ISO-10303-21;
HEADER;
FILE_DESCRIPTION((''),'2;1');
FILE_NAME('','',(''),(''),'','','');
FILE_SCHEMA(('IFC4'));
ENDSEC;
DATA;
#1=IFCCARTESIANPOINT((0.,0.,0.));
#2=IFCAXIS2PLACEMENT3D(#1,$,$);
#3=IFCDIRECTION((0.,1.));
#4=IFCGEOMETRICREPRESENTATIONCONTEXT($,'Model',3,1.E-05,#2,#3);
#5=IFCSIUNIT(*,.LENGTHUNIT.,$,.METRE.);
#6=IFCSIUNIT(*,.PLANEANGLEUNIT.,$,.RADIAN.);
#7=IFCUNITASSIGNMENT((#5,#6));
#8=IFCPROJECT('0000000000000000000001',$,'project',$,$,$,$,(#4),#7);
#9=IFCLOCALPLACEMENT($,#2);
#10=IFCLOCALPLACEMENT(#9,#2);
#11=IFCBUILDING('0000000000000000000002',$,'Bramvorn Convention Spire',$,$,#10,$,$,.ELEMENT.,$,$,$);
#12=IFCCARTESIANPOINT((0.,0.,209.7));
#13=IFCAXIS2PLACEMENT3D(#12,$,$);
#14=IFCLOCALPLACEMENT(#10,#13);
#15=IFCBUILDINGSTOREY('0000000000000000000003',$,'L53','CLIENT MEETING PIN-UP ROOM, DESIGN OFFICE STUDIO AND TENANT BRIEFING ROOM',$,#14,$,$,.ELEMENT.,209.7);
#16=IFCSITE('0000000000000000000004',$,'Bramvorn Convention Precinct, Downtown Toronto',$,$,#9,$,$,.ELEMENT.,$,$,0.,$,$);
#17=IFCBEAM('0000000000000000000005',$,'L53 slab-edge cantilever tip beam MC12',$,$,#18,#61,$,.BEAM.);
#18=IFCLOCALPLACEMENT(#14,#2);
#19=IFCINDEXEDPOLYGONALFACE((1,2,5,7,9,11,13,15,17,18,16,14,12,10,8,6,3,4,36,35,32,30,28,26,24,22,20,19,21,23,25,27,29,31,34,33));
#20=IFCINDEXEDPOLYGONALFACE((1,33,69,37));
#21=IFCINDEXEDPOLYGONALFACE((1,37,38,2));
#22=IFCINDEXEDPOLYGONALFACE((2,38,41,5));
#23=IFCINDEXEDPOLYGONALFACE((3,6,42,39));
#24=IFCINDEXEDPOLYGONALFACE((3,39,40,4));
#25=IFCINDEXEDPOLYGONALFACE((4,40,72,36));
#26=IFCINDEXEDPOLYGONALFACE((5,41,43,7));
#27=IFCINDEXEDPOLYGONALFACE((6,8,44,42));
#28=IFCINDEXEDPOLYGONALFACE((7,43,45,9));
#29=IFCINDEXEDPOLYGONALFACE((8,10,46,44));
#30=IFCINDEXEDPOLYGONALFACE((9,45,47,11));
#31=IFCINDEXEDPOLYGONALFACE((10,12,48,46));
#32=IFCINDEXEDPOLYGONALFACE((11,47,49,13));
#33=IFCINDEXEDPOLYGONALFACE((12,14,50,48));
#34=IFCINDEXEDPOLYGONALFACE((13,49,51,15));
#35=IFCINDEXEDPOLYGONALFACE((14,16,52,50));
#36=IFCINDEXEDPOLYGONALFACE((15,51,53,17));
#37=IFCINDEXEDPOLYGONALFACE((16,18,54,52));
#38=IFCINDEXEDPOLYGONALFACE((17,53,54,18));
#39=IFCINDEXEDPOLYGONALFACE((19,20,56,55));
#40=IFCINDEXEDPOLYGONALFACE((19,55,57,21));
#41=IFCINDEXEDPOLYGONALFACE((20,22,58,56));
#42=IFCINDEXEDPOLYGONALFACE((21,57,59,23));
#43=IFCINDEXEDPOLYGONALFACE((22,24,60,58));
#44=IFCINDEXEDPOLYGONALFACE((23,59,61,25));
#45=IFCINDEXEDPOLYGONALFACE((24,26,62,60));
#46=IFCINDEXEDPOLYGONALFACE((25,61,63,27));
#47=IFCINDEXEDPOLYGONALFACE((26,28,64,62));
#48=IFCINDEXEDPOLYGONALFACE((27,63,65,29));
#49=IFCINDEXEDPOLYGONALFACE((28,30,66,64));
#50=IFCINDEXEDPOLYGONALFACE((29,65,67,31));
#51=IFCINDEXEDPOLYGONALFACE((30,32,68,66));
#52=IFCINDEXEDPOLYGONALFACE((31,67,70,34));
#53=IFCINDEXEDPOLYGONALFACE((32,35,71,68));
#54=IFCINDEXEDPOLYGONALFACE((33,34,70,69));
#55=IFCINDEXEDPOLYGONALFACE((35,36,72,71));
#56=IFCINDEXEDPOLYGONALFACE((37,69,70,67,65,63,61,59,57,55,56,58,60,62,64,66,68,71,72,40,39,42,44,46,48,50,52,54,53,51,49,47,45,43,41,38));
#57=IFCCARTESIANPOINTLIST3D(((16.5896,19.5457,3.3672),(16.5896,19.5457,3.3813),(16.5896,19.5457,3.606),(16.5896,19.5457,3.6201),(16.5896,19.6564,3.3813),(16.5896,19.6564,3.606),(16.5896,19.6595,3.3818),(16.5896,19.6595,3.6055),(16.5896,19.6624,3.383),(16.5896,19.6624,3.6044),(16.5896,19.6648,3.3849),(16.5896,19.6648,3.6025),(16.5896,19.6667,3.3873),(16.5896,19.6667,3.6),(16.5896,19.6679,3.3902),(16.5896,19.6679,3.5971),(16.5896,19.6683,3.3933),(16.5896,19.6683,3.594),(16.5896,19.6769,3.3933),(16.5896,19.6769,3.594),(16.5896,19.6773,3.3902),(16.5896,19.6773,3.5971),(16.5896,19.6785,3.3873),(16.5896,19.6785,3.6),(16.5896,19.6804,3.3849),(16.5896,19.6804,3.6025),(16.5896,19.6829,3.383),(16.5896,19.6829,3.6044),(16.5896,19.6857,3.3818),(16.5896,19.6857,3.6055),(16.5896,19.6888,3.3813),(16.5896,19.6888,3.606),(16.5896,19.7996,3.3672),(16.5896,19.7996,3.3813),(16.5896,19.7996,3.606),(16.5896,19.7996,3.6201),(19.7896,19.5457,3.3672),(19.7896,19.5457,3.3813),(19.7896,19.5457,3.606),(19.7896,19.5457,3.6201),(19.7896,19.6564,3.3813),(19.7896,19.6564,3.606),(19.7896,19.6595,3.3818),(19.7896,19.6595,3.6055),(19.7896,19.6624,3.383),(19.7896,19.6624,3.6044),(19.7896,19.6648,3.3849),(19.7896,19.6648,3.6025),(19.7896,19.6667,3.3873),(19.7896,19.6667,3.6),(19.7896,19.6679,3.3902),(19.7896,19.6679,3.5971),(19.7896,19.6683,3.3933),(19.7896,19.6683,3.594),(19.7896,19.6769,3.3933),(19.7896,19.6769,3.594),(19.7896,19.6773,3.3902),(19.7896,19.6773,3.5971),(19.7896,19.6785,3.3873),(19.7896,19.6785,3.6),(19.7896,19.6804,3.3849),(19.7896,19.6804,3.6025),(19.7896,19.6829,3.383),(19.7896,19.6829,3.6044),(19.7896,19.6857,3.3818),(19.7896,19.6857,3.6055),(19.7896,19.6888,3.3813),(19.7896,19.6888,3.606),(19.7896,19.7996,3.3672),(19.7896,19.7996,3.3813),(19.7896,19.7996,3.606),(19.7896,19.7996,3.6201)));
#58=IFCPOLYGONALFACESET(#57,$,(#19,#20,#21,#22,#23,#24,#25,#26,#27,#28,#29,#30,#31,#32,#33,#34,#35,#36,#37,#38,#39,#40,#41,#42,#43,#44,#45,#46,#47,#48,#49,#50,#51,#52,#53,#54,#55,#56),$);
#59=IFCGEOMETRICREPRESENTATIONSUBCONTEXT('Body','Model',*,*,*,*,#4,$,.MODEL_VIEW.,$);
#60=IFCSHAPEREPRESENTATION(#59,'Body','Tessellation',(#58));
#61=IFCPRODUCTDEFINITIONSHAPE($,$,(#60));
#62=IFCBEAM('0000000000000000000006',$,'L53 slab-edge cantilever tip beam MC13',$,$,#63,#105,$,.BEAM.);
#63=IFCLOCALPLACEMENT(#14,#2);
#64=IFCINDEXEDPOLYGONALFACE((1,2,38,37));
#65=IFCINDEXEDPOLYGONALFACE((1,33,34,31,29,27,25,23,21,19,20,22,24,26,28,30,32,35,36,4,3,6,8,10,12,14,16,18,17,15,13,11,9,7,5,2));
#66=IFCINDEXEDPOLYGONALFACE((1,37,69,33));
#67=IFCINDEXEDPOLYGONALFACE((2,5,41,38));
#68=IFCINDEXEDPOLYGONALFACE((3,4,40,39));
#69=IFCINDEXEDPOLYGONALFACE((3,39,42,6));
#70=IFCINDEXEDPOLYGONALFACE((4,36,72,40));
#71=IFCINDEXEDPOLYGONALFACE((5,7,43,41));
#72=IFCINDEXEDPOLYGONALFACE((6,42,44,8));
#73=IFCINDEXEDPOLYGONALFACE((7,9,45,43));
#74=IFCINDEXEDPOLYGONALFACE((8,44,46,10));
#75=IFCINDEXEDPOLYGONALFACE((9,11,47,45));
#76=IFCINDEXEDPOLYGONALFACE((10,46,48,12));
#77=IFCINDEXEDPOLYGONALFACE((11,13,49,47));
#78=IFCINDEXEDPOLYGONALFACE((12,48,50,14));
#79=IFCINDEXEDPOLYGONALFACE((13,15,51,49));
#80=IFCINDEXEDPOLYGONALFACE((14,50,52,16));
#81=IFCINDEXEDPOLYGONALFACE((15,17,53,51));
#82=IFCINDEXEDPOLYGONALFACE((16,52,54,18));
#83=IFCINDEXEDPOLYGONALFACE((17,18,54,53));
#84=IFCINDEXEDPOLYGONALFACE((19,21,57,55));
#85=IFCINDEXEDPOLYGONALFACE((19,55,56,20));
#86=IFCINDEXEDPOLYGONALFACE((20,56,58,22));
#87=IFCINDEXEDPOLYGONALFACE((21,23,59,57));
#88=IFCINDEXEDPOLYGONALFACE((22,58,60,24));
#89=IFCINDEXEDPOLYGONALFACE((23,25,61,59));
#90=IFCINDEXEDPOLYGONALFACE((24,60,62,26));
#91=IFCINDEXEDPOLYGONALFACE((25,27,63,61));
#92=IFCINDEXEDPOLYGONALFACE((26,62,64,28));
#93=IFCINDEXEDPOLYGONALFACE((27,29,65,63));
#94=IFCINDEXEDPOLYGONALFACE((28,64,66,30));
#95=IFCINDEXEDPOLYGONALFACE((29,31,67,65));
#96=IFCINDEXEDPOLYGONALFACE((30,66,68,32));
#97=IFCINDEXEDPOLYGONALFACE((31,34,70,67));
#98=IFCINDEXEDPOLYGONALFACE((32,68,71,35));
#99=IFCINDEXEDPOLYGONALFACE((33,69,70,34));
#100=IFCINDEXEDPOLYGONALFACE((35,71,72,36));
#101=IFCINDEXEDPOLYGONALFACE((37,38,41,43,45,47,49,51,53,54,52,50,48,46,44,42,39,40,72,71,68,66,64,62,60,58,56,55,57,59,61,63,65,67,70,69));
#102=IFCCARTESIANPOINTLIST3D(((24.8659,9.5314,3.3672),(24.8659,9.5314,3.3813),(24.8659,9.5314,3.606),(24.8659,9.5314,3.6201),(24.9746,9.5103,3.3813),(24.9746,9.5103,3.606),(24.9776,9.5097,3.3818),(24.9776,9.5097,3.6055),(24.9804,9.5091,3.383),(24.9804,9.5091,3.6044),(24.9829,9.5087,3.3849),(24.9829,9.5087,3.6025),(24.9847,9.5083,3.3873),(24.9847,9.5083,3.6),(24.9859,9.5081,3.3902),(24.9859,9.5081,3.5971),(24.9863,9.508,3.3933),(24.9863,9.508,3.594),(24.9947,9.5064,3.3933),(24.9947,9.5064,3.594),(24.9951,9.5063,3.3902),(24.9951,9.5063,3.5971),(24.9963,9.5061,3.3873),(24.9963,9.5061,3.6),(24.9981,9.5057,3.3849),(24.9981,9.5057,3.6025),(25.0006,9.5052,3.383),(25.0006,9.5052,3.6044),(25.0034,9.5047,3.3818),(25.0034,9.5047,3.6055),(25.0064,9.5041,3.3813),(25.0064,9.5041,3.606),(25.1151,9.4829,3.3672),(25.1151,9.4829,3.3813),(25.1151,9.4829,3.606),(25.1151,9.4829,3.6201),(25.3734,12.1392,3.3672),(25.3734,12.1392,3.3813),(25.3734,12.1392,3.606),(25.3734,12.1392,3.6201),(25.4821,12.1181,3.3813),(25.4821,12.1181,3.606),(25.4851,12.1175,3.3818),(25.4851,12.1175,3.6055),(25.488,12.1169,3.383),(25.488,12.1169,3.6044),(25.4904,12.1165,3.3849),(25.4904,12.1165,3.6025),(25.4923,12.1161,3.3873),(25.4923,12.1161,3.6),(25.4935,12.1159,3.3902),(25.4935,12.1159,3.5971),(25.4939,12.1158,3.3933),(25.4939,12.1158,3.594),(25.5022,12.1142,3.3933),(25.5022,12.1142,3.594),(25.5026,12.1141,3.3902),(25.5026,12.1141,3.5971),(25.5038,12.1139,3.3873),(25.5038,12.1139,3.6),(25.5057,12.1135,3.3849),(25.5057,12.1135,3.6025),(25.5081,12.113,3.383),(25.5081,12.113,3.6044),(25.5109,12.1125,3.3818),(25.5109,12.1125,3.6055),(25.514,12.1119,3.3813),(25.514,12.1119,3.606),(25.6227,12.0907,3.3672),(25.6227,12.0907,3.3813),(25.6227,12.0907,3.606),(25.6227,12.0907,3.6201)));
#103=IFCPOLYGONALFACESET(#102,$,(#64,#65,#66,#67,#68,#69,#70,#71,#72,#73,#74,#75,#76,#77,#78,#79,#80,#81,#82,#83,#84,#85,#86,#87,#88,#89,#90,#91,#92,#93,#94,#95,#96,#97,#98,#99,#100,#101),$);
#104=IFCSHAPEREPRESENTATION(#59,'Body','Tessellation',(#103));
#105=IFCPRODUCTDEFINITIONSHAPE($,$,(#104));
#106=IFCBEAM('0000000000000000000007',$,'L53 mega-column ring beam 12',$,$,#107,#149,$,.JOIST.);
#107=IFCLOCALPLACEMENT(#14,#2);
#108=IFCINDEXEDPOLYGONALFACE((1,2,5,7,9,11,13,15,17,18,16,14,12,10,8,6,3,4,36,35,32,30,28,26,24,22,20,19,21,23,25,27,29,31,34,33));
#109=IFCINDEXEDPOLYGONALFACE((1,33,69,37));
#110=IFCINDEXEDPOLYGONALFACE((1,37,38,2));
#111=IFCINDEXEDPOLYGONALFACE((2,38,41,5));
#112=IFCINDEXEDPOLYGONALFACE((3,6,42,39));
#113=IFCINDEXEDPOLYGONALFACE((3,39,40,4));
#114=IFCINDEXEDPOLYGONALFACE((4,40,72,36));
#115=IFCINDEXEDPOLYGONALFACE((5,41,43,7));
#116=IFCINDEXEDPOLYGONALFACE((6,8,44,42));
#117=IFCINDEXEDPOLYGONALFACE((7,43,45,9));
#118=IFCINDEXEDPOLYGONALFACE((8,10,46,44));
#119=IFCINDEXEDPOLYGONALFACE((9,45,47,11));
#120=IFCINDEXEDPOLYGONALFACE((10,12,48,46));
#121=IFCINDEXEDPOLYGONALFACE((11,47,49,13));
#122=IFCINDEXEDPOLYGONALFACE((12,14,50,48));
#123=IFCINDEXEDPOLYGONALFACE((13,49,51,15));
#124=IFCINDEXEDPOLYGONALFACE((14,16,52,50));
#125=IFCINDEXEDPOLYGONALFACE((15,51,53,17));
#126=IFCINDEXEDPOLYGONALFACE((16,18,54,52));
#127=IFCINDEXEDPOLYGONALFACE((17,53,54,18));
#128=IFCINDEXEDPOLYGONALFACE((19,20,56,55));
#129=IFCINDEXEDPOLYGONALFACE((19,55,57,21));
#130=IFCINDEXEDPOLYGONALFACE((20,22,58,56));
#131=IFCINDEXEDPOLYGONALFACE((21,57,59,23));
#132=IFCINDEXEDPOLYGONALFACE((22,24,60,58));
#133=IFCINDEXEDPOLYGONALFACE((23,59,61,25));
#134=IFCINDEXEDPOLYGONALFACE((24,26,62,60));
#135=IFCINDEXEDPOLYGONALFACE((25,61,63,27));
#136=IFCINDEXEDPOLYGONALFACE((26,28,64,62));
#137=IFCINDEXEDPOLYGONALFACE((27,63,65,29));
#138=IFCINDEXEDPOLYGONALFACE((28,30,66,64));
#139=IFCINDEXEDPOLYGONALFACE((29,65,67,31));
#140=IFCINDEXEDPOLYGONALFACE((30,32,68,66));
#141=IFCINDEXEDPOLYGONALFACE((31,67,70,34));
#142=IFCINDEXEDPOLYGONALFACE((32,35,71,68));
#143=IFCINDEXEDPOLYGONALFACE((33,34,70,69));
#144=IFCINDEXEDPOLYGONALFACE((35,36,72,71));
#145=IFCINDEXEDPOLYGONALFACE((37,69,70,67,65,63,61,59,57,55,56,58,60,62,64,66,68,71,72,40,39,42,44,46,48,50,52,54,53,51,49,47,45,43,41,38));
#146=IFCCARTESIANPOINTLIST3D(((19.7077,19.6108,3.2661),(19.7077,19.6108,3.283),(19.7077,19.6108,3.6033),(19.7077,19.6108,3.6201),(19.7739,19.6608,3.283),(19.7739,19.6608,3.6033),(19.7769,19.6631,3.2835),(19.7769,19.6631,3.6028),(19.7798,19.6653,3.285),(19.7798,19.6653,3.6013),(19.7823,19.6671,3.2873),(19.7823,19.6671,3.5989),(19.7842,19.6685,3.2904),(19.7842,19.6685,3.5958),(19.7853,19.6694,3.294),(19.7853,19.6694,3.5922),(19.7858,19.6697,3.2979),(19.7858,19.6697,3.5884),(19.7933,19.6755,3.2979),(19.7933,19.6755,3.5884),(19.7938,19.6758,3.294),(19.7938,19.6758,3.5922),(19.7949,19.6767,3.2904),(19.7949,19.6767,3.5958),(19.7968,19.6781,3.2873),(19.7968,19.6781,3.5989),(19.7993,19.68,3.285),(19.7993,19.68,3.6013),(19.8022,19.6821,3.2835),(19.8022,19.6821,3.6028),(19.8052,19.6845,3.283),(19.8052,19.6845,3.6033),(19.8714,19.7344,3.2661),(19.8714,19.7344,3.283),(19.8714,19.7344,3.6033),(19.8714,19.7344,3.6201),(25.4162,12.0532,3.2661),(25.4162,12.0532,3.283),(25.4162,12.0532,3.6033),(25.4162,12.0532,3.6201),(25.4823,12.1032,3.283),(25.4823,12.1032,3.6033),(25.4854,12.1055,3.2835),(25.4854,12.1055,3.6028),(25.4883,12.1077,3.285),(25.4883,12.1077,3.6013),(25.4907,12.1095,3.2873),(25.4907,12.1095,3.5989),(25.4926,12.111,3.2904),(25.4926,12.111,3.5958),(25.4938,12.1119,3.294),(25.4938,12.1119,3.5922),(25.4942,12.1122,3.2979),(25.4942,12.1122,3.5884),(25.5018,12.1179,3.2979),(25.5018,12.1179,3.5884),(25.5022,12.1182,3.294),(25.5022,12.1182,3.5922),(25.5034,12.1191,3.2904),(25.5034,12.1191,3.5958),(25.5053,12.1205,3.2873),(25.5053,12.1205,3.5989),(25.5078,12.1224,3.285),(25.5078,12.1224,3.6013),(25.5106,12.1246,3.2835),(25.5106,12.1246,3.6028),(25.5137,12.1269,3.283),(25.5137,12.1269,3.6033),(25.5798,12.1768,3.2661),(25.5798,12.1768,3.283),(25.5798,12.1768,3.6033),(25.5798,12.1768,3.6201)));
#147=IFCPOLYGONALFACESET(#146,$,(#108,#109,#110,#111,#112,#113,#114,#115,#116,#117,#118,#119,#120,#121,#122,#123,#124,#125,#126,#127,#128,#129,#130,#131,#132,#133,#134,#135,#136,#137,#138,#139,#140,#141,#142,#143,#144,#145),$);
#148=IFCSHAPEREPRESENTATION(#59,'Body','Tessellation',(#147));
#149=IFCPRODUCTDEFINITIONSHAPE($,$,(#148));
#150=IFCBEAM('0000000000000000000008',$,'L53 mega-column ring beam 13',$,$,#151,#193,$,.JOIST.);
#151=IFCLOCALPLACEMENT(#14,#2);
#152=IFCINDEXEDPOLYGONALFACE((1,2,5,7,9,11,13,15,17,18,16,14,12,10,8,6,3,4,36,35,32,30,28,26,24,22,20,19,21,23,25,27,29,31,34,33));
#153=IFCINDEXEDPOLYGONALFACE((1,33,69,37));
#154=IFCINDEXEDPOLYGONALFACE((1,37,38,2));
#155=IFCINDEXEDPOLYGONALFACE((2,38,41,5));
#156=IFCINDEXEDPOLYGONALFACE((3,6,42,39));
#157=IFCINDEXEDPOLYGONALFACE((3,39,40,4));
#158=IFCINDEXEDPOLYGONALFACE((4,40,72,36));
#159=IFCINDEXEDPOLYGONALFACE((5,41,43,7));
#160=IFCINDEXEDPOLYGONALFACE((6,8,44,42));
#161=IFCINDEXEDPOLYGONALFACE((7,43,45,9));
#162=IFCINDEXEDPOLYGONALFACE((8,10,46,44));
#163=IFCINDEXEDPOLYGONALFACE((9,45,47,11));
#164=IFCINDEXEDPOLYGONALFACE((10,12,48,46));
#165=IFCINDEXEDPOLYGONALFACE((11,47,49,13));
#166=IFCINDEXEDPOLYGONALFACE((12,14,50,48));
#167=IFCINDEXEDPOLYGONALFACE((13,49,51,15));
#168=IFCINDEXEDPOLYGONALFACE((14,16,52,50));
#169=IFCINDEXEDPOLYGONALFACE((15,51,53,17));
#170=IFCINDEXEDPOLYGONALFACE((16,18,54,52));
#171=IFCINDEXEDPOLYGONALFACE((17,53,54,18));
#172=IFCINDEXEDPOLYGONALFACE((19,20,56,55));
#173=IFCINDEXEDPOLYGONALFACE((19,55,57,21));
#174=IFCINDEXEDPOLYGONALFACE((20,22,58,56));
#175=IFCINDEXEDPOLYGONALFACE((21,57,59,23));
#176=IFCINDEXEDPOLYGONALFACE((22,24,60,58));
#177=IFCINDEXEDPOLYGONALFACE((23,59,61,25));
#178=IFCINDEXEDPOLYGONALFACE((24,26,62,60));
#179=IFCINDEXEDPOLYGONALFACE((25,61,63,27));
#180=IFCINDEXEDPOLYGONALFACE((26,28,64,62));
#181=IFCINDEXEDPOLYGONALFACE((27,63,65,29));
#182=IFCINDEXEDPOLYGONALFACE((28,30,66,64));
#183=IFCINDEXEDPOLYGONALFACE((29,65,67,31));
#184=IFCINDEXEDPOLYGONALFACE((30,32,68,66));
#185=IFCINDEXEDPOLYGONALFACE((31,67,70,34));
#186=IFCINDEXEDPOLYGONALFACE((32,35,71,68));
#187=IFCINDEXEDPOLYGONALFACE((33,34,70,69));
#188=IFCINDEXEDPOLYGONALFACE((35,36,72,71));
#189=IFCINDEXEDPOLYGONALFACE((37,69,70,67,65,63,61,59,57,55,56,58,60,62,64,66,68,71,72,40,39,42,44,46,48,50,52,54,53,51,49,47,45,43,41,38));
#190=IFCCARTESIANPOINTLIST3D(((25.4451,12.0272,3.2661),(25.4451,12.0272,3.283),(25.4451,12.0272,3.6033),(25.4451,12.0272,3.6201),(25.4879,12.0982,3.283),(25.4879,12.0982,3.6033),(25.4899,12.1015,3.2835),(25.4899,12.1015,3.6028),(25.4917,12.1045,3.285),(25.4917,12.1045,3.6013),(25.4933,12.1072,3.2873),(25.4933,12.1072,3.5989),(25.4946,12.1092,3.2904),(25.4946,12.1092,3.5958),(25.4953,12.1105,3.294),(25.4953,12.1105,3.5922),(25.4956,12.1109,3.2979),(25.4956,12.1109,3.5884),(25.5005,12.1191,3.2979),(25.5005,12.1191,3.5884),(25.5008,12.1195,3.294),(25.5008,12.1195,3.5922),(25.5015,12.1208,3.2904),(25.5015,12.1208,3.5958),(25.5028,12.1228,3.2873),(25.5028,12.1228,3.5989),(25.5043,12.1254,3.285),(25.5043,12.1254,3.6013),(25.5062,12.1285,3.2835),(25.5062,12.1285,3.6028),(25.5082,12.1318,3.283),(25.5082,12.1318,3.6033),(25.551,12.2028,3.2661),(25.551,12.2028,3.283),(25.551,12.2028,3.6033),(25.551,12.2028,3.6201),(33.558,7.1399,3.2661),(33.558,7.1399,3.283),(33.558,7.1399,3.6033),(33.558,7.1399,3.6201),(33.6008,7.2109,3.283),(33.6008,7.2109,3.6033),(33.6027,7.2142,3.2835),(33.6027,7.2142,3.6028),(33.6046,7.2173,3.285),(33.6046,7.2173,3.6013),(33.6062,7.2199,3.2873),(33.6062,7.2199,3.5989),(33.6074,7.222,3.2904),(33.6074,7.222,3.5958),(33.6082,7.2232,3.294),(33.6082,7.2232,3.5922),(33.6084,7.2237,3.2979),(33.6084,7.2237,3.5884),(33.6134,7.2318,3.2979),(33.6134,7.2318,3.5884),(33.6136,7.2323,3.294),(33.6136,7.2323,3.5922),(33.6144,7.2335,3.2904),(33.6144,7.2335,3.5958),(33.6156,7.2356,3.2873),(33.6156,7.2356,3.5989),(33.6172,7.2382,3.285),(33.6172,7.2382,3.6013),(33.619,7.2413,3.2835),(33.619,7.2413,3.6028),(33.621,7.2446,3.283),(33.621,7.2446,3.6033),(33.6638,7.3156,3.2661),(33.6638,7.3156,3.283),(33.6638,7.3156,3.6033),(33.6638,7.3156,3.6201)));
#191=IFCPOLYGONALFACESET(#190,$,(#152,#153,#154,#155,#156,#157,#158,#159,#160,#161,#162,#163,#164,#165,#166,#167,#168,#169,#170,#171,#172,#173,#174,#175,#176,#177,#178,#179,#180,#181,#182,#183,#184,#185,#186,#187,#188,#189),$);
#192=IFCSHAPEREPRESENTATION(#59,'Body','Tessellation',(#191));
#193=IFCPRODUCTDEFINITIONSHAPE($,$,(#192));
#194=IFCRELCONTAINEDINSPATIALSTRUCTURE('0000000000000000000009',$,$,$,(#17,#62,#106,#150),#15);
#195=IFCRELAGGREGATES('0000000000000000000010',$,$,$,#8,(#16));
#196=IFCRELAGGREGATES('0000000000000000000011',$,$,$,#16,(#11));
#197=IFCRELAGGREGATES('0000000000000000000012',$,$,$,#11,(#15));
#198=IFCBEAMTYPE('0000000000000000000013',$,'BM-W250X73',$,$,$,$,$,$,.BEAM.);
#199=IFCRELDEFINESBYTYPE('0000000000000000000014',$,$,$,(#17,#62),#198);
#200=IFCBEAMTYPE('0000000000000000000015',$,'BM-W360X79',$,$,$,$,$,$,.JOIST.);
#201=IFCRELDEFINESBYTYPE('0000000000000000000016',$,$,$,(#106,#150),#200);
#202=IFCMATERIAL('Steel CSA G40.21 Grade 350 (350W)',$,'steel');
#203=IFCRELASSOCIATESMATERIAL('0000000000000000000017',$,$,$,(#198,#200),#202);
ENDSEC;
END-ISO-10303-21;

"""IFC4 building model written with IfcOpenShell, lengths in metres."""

from ifc_helpers import new_model, si_unit, direction, frame, origin, origin_2d, place, context, subcontext, project, spatial, i_section, extrude, material, material_profile, profile_set, type_object, element, save


model = new_model("IFC4")

# Units and contexts
model_context = context("Model", 3, precision=1e-05, world=origin(), true_north=direction((0.0, 1.0)))
body_context = subcontext(model_context, "Body", "Model", "MODEL_VIEW")
ifc_project = project(units=[si_unit("LENGTHUNIT", "METRE"), si_unit("PLANEANGLEUNIT", "RADIAN")], contexts=[model_context])

# Site, building, storey
site_placement = place(None, origin())
site = spatial("IfcSite", under=ifc_project, at=site_placement, Name="Bramvorn Convention Precinct, Downtown Toronto", CompositionType="ELEMENT", RefElevation=0.0)
building_placement = place(site_placement, origin())
building = spatial("IfcBuilding", under=site, at=building_placement, Name="Bramvorn Convention Spire", CompositionType="ELEMENT")
storey_placement = place(building_placement, frame((0.0, 0.0, 209.7)))
storey = spatial("IfcBuildingStorey", under=building, at=storey_placement, Name="L53", Description="CLIENT MEETING PIN-UP ROOM, DESIGN OFFICE STUDIO AND TENANT BRIEFING ROOM", CompositionType="ELEMENT", Elevation=209.7)

# Shared definitions
ifc_material_1 = material(Name="Steel CSA G40.21 Grade 350 (350W)", Category="steel")

# Beams
ifc_material_profile_1 = material_profile(ifc_material_1, i_section(OverallWidth=0.2539, OverallDepth=0.2529, WebThickness=0.0085, FlangeThickness=0.0142, FilletRadius=0.012, at=origin_2d()))
ifc_profile_set_1 = profile_set([ifc_material_profile_1], Name="Steel CSA G40.21 Grade 350 (350W) - W250X73")
beam_type_1 = type_object("IfcBeamType", Name="BM-W250X73", PredefinedType="BEAM", material=ifc_profile_set_1)
beam_1_placement = place(storey_placement, frame((19.7896, 19.6726, 3.4937), z_axis=(-1.0, 0.0, 0.0), x_axis=(0.0, -1.0, 0.0)))
element("IfcBeam", 1, at=beam_1_placement, inside=storey, type_object=beam_type_1, Name="L53 slab-edge cantilever tip beam MC12", PredefinedType="BEAM", context=body_context, shape_type="SweptSolid", body=[
    extrude(i_section(OverallWidth=0.2539, OverallDepth=0.2529, WebThickness=0.0085, FlangeThickness=0.0142, FilletRadius=0.012, at=origin_2d()), origin(), (0.0, 0.0, 1.0), 3.2),
])
beam_2_placement = place(storey_placement, frame((25.498, 12.115, 3.4937), z_axis=(-0.191042, -0.981582, 0.0), x_axis=(0.981582, -0.191042, 0.0)))
element("IfcBeam", 2, at=beam_2_placement, inside=storey, type_object=beam_type_1, Name="L53 slab-edge cantilever tip beam MC13", PredefinedType="BEAM", context=body_context, shape_type="SweptSolid", body=[
    extrude(i_section(OverallWidth=0.2539, OverallDepth=0.2529, WebThickness=0.0085, FlangeThickness=0.0142, FilletRadius=0.012, at=origin_2d()), origin(), (0.0, 0.0, 1.0), 2.6567),
])
ifc_material_profile_2 = material_profile(ifc_material_1, i_section(OverallWidth=0.2051, OverallDepth=0.354, WebThickness=0.0095, FlangeThickness=0.0168, FilletRadius=0.0149, at=origin_2d()))
ifc_profile_set_2 = profile_set([ifc_material_profile_2], Name="Steel CSA G40.21 Grade 350 (350W) - W360X79")
beam_type_2 = type_object("IfcBeamType", Name="BM-W360X79", PredefinedType="JOIST", material=ifc_profile_set_2)
for number, where, z_axis, x_axis, name in (
    (3, (19.7896, 19.6726, 3.4431), (0.602719, -0.797954, 0.0), (0.797954, 0.602719, 0.0), "L53 mega-column ring beam 12"),
    (4, (25.498, 12.115, 3.4431), (0.856582, -0.516011, 0.0), (0.516011, 0.856582, 0.0), "L53 mega-column ring beam 13"),
):
    element("IfcBeam", number, at=place(storey_placement, frame(where, z_axis=z_axis, x_axis=x_axis)), inside=storey, type_object=beam_type_2, Name=name, PredefinedType="JOIST", context=body_context, shape_type="SweptSolid", body=[
        extrude(i_section(OverallWidth=0.2051, OverallDepth=0.354, WebThickness=0.0095, FlangeThickness=0.0168, FilletRadius=0.0149, at=origin_2d()), origin(), (0.0, 0.0, 1.0), 9.4712),
    ])

save(model, "model.ifc")
